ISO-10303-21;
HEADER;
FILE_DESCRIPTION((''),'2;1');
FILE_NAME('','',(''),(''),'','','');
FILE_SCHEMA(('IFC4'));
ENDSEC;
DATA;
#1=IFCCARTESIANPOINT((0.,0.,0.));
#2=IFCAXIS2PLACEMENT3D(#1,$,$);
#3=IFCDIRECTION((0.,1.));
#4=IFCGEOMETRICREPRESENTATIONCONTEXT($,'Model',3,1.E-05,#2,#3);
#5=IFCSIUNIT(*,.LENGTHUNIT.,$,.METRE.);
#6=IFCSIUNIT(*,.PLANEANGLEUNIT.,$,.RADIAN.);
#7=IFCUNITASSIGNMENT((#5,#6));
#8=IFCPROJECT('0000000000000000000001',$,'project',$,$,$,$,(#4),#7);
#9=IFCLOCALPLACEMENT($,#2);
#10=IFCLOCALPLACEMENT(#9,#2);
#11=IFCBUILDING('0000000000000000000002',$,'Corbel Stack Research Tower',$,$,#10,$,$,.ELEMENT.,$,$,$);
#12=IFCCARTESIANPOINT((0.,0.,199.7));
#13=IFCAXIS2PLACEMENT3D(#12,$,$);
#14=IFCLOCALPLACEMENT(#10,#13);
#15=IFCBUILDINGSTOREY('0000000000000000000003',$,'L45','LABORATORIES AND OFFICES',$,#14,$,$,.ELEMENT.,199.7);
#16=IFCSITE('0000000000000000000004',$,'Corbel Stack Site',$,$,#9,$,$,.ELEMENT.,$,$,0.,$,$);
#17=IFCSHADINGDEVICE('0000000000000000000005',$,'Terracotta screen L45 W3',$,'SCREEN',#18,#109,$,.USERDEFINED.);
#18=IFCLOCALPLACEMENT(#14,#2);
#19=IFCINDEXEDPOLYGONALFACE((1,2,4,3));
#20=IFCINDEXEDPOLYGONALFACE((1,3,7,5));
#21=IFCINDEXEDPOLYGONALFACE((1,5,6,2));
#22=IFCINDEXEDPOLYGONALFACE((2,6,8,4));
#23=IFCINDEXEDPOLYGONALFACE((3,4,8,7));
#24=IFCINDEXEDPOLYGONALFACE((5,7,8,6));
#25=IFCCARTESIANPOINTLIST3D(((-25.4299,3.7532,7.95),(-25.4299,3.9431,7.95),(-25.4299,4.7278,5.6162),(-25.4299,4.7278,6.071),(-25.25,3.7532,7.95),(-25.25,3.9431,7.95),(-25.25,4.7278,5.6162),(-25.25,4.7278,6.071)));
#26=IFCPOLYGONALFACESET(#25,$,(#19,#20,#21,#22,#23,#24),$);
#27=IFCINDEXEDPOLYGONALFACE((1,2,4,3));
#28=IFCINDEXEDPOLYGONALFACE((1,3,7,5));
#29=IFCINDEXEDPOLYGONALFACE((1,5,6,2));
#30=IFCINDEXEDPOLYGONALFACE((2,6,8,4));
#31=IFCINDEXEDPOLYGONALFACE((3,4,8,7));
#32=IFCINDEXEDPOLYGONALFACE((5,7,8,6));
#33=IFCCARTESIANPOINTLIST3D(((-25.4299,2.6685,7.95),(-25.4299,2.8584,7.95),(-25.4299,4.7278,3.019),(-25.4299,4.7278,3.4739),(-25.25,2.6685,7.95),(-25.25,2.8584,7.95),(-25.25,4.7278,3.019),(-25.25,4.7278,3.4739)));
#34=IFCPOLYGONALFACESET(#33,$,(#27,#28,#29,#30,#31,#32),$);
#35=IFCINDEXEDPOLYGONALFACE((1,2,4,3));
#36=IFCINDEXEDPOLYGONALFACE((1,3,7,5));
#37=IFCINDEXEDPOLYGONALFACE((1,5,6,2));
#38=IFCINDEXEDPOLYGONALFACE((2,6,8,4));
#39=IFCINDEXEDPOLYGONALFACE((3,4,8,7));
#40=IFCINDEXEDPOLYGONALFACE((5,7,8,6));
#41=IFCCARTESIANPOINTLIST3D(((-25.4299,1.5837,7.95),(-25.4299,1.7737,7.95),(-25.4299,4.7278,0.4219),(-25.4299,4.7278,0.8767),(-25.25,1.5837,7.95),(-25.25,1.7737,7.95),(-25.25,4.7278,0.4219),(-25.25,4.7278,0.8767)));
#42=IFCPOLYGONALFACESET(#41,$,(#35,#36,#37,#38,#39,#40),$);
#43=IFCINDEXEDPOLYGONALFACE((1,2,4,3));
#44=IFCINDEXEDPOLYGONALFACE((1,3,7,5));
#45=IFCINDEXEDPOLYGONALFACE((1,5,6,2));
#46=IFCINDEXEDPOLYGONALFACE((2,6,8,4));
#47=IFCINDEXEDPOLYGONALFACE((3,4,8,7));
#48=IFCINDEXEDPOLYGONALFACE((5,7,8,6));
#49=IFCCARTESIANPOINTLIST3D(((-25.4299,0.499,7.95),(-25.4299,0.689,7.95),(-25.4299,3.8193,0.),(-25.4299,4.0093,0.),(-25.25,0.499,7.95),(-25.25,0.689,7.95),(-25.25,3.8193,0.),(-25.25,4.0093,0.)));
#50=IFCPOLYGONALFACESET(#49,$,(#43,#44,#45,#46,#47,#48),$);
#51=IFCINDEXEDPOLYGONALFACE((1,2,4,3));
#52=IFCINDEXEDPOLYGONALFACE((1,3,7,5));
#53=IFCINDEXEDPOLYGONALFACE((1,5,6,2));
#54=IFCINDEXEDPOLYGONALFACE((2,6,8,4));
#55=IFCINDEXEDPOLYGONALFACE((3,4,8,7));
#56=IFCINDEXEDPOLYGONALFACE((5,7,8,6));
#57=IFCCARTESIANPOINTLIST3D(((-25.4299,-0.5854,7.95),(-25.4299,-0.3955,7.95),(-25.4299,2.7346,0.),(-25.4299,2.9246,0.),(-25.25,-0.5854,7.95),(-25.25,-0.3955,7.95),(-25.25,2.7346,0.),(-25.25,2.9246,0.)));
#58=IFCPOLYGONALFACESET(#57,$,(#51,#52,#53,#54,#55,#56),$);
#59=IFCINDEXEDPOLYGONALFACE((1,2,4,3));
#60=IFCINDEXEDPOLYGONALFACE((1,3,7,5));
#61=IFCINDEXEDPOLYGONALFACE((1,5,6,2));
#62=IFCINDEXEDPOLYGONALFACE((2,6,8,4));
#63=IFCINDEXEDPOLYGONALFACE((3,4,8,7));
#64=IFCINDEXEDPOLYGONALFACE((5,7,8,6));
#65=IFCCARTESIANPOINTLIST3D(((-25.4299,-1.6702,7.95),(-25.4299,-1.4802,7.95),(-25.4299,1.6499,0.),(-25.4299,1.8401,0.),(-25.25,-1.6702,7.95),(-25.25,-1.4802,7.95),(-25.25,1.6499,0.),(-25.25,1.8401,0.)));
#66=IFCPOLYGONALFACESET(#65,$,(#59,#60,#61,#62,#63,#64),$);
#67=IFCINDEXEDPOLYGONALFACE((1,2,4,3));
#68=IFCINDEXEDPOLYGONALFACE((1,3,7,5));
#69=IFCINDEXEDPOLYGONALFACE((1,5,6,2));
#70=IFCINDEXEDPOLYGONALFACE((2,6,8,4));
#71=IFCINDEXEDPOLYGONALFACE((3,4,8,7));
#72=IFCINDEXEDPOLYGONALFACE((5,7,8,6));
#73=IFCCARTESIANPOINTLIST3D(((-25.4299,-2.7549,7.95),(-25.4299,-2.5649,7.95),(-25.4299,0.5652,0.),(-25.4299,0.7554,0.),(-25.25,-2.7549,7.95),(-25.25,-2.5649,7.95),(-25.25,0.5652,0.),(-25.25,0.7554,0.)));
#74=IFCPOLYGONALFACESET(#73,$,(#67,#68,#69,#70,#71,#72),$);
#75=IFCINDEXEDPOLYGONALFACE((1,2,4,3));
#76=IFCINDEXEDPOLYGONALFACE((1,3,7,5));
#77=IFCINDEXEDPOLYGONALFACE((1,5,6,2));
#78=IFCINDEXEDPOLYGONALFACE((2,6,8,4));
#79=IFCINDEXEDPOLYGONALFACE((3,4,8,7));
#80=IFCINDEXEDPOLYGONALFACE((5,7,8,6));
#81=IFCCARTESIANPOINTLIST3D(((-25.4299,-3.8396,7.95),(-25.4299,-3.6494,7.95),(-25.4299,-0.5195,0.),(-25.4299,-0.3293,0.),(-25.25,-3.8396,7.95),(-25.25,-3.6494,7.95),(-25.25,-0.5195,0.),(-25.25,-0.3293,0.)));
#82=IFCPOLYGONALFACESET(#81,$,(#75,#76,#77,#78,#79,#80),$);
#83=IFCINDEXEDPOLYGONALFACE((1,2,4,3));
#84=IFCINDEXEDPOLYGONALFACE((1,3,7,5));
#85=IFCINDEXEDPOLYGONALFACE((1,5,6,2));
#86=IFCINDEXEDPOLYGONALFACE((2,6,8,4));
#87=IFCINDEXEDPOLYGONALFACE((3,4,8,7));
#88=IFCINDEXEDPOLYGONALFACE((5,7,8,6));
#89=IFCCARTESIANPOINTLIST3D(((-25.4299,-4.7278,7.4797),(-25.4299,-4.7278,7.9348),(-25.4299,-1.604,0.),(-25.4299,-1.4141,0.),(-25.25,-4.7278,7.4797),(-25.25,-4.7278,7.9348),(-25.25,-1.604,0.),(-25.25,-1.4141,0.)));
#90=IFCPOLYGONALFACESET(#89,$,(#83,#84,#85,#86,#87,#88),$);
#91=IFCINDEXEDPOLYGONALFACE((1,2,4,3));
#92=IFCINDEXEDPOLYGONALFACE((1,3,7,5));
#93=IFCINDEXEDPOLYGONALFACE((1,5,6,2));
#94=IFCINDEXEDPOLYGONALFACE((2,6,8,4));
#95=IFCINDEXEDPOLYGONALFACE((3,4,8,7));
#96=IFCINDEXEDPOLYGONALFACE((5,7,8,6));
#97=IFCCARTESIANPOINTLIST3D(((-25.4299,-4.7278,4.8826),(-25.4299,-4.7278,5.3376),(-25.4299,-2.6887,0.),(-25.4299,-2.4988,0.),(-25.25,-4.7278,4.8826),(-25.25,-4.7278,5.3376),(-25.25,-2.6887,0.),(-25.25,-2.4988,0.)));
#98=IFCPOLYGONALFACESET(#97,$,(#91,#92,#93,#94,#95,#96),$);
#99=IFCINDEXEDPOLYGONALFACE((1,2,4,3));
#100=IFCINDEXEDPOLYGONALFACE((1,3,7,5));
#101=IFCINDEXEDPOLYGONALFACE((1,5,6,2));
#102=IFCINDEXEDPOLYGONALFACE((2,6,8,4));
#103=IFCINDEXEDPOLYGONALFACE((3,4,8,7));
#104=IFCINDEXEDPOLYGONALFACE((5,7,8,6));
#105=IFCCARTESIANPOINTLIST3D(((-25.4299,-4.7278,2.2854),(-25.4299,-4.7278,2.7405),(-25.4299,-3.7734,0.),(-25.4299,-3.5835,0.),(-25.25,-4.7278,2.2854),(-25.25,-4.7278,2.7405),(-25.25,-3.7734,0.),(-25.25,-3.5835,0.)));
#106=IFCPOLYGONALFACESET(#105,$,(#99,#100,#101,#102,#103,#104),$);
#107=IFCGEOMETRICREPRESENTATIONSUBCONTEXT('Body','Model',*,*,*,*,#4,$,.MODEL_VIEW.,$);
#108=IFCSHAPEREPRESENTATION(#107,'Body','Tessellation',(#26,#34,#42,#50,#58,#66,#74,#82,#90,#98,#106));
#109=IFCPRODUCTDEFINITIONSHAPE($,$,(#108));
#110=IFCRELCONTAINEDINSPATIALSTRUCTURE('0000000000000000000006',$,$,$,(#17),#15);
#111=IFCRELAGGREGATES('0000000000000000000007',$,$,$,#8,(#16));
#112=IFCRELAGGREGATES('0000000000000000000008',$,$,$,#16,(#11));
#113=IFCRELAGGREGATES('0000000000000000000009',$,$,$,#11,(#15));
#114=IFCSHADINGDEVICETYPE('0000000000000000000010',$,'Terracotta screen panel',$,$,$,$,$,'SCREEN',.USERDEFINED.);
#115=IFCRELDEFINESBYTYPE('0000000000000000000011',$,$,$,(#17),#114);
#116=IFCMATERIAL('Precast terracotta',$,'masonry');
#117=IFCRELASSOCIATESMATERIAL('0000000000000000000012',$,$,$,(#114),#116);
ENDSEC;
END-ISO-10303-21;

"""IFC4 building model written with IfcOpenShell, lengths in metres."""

from ifc_helpers import new_model, si_unit, direction, frame, origin, place, context, subcontext, project, spatial, polyline, outline, extrude, source, transform, mapped, material, type_object, element, save


model = new_model("IFC4")

# Units and contexts
model_context = context("Model", 3, precision=1e-05, world=origin(), true_north=direction((0.0, 1.0)))
body_context = subcontext(model_context, "Body", "Model", "MODEL_VIEW")
ifc_project = project(units=[si_unit("LENGTHUNIT", "METRE"), si_unit("PLANEANGLEUNIT", "RADIAN")], contexts=[model_context])

# Site, building, storey
site_placement = place(None, origin())
site = spatial("IfcSite", under=ifc_project, at=site_placement, Name="Corbel Stack Site", CompositionType="ELEMENT", RefElevation=0.0)
building_placement = place(site_placement, origin())
building = spatial("IfcBuilding", under=site, at=building_placement, Name="Corbel Stack Research Tower", CompositionType="ELEMENT")
storey_placement = place(building_placement, frame((0.0, 0.0, 199.7)))
storey = spatial("IfcBuildingStorey", under=building, at=storey_placement, Name="L45", Description="LABORATORIES AND OFFICES", CompositionType="ELEMENT", Elevation=199.7)

# Shading device
ifc_material_1 = material(Name="Precast terracotta", Category="masonry")
shading_device_type = type_object("IfcShadingDeviceType", Name="Terracotta screen panel", ElementType="SCREEN", PredefinedType="USERDEFINED", material=ifc_material_1)
shared_shape = source(origin(), body_context, "Body", "SweptSolid", [
    extrude(outline(polyline([(0.9746, 7.95), (0.7847, 7.95), (0.0, 6.071), (0.0, 5.6162), (0.9746, 7.95)])), frame((0.0, 0.0, 0.0), z_axis=(0.0, -1.0, 0.0), x_axis=(1.0, 0.0, 0.0)), (0.0, 0.0, 1.0), 0.1799),
    extrude(outline(polyline([(2.0593, 7.95), (1.8694, 7.95), (0.0, 3.4739), (0.0, 3.019), (2.0593, 7.95)])), frame((0.0, 0.0, 0.0), z_axis=(0.0, -1.0, 0.0), x_axis=(1.0, 0.0, 0.0)), (0.0, 0.0, 1.0), 0.1799),
    extrude(outline(polyline([(3.144, 7.95), (2.9541, 7.95), (0.0, 0.8767), (0.0, 0.4219), (3.144, 7.95)])), frame((0.0, 0.0, 0.0), z_axis=(0.0, -1.0, 0.0), x_axis=(1.0, 0.0, 0.0)), (0.0, 0.0, 1.0), 0.1799),
    extrude(outline(polyline([(0.9084, 0.0), (4.2288, 7.95), (4.0388, 7.95), (0.7185, 0.0), (0.9084, 0.0)])), frame((0.0, 0.0, 0.0), z_axis=(0.0, -1.0, 0.0), x_axis=(1.0, 0.0, 0.0)), (0.0, 0.0, 1.0), 0.1799),
    extrude(outline(polyline([(1.9932, 0.0), (5.3132, 7.95), (5.1233, 7.95), (1.8032, 0.0), (1.9932, 0.0)])), frame((0.0, 0.0, 0.0), z_axis=(0.0, -1.0, 0.0), x_axis=(1.0, 0.0, 0.0)), (0.0, 0.0, 1.0), 0.1799),
    extrude(outline(polyline([(3.0779, 0.0), (6.3979, 7.95), (6.208, 7.95), (2.8877, 0.0), (3.0779, 0.0)])), frame((0.0, 0.0, 0.0), z_axis=(0.0, -1.0, 0.0), x_axis=(1.0, 0.0, 0.0)), (0.0, 0.0, 1.0), 0.1799),
    extrude(outline(polyline([(4.1626, 0.0), (7.4827, 7.95), (7.2927, 7.95), (3.9724, 0.0), (4.1626, 0.0)])), frame((0.0, 0.0, 0.0), z_axis=(0.0, -1.0, 0.0), x_axis=(1.0, 0.0, 0.0)), (0.0, 0.0, 1.0), 0.1799),
    extrude(outline(polyline([(5.2473, 0.0), (8.5674, 7.95), (8.3772, 7.95), (5.0571, 0.0), (5.2473, 0.0)])), frame((0.0, 0.0, 0.0), z_axis=(0.0, -1.0, 0.0), x_axis=(1.0, 0.0, 0.0)), (0.0, 0.0, 1.0), 0.1799),
    extrude(outline(polyline([(6.3318, 0.0), (9.4556, 7.4797), (9.4556, 7.9348), (6.1418, 0.0), (6.3318, 0.0)])), frame((0.0, 0.0, 0.0), z_axis=(0.0, -1.0, 0.0), x_axis=(1.0, 0.0, 0.0)), (0.0, 0.0, 1.0), 0.1799),
    extrude(outline(polyline([(7.4165, 0.0), (9.4556, 4.8826), (9.4556, 5.3376), (7.2266, 0.0), (7.4165, 0.0)])), frame((0.0, 0.0, 0.0), z_axis=(0.0, -1.0, 0.0), x_axis=(1.0, 0.0, 0.0)), (0.0, 0.0, 1.0), 0.1799),
    extrude(outline(polyline([(8.5012, 0.0), (9.4556, 2.2854), (9.4556, 2.7405), (8.3113, 0.0), (8.5012, 0.0)])), frame((0.0, 0.0, 0.0), z_axis=(0.0, -1.0, 0.0), x_axis=(1.0, 0.0, 0.0)), (0.0, 0.0, 1.0), 0.1799),
])
shading_device_placement = place(storey_placement, frame((-25.25, 4.7278, 0.0), z_axis=(0.0, 0.0, 1.0), x_axis=(0.0, -1.0, 0.0)))
element("IfcShadingDevice", 1, at=shading_device_placement, inside=storey, type_object=shading_device_type, Name="Terracotta screen L45 W3", ObjectType="SCREEN", PredefinedType="USERDEFINED", context=body_context, shape_type="MappedRepresentation", body=[
    mapped(shared_shape, transform((0.0, 0.0, 0.0))),
])

save(model, "model.ifc")
